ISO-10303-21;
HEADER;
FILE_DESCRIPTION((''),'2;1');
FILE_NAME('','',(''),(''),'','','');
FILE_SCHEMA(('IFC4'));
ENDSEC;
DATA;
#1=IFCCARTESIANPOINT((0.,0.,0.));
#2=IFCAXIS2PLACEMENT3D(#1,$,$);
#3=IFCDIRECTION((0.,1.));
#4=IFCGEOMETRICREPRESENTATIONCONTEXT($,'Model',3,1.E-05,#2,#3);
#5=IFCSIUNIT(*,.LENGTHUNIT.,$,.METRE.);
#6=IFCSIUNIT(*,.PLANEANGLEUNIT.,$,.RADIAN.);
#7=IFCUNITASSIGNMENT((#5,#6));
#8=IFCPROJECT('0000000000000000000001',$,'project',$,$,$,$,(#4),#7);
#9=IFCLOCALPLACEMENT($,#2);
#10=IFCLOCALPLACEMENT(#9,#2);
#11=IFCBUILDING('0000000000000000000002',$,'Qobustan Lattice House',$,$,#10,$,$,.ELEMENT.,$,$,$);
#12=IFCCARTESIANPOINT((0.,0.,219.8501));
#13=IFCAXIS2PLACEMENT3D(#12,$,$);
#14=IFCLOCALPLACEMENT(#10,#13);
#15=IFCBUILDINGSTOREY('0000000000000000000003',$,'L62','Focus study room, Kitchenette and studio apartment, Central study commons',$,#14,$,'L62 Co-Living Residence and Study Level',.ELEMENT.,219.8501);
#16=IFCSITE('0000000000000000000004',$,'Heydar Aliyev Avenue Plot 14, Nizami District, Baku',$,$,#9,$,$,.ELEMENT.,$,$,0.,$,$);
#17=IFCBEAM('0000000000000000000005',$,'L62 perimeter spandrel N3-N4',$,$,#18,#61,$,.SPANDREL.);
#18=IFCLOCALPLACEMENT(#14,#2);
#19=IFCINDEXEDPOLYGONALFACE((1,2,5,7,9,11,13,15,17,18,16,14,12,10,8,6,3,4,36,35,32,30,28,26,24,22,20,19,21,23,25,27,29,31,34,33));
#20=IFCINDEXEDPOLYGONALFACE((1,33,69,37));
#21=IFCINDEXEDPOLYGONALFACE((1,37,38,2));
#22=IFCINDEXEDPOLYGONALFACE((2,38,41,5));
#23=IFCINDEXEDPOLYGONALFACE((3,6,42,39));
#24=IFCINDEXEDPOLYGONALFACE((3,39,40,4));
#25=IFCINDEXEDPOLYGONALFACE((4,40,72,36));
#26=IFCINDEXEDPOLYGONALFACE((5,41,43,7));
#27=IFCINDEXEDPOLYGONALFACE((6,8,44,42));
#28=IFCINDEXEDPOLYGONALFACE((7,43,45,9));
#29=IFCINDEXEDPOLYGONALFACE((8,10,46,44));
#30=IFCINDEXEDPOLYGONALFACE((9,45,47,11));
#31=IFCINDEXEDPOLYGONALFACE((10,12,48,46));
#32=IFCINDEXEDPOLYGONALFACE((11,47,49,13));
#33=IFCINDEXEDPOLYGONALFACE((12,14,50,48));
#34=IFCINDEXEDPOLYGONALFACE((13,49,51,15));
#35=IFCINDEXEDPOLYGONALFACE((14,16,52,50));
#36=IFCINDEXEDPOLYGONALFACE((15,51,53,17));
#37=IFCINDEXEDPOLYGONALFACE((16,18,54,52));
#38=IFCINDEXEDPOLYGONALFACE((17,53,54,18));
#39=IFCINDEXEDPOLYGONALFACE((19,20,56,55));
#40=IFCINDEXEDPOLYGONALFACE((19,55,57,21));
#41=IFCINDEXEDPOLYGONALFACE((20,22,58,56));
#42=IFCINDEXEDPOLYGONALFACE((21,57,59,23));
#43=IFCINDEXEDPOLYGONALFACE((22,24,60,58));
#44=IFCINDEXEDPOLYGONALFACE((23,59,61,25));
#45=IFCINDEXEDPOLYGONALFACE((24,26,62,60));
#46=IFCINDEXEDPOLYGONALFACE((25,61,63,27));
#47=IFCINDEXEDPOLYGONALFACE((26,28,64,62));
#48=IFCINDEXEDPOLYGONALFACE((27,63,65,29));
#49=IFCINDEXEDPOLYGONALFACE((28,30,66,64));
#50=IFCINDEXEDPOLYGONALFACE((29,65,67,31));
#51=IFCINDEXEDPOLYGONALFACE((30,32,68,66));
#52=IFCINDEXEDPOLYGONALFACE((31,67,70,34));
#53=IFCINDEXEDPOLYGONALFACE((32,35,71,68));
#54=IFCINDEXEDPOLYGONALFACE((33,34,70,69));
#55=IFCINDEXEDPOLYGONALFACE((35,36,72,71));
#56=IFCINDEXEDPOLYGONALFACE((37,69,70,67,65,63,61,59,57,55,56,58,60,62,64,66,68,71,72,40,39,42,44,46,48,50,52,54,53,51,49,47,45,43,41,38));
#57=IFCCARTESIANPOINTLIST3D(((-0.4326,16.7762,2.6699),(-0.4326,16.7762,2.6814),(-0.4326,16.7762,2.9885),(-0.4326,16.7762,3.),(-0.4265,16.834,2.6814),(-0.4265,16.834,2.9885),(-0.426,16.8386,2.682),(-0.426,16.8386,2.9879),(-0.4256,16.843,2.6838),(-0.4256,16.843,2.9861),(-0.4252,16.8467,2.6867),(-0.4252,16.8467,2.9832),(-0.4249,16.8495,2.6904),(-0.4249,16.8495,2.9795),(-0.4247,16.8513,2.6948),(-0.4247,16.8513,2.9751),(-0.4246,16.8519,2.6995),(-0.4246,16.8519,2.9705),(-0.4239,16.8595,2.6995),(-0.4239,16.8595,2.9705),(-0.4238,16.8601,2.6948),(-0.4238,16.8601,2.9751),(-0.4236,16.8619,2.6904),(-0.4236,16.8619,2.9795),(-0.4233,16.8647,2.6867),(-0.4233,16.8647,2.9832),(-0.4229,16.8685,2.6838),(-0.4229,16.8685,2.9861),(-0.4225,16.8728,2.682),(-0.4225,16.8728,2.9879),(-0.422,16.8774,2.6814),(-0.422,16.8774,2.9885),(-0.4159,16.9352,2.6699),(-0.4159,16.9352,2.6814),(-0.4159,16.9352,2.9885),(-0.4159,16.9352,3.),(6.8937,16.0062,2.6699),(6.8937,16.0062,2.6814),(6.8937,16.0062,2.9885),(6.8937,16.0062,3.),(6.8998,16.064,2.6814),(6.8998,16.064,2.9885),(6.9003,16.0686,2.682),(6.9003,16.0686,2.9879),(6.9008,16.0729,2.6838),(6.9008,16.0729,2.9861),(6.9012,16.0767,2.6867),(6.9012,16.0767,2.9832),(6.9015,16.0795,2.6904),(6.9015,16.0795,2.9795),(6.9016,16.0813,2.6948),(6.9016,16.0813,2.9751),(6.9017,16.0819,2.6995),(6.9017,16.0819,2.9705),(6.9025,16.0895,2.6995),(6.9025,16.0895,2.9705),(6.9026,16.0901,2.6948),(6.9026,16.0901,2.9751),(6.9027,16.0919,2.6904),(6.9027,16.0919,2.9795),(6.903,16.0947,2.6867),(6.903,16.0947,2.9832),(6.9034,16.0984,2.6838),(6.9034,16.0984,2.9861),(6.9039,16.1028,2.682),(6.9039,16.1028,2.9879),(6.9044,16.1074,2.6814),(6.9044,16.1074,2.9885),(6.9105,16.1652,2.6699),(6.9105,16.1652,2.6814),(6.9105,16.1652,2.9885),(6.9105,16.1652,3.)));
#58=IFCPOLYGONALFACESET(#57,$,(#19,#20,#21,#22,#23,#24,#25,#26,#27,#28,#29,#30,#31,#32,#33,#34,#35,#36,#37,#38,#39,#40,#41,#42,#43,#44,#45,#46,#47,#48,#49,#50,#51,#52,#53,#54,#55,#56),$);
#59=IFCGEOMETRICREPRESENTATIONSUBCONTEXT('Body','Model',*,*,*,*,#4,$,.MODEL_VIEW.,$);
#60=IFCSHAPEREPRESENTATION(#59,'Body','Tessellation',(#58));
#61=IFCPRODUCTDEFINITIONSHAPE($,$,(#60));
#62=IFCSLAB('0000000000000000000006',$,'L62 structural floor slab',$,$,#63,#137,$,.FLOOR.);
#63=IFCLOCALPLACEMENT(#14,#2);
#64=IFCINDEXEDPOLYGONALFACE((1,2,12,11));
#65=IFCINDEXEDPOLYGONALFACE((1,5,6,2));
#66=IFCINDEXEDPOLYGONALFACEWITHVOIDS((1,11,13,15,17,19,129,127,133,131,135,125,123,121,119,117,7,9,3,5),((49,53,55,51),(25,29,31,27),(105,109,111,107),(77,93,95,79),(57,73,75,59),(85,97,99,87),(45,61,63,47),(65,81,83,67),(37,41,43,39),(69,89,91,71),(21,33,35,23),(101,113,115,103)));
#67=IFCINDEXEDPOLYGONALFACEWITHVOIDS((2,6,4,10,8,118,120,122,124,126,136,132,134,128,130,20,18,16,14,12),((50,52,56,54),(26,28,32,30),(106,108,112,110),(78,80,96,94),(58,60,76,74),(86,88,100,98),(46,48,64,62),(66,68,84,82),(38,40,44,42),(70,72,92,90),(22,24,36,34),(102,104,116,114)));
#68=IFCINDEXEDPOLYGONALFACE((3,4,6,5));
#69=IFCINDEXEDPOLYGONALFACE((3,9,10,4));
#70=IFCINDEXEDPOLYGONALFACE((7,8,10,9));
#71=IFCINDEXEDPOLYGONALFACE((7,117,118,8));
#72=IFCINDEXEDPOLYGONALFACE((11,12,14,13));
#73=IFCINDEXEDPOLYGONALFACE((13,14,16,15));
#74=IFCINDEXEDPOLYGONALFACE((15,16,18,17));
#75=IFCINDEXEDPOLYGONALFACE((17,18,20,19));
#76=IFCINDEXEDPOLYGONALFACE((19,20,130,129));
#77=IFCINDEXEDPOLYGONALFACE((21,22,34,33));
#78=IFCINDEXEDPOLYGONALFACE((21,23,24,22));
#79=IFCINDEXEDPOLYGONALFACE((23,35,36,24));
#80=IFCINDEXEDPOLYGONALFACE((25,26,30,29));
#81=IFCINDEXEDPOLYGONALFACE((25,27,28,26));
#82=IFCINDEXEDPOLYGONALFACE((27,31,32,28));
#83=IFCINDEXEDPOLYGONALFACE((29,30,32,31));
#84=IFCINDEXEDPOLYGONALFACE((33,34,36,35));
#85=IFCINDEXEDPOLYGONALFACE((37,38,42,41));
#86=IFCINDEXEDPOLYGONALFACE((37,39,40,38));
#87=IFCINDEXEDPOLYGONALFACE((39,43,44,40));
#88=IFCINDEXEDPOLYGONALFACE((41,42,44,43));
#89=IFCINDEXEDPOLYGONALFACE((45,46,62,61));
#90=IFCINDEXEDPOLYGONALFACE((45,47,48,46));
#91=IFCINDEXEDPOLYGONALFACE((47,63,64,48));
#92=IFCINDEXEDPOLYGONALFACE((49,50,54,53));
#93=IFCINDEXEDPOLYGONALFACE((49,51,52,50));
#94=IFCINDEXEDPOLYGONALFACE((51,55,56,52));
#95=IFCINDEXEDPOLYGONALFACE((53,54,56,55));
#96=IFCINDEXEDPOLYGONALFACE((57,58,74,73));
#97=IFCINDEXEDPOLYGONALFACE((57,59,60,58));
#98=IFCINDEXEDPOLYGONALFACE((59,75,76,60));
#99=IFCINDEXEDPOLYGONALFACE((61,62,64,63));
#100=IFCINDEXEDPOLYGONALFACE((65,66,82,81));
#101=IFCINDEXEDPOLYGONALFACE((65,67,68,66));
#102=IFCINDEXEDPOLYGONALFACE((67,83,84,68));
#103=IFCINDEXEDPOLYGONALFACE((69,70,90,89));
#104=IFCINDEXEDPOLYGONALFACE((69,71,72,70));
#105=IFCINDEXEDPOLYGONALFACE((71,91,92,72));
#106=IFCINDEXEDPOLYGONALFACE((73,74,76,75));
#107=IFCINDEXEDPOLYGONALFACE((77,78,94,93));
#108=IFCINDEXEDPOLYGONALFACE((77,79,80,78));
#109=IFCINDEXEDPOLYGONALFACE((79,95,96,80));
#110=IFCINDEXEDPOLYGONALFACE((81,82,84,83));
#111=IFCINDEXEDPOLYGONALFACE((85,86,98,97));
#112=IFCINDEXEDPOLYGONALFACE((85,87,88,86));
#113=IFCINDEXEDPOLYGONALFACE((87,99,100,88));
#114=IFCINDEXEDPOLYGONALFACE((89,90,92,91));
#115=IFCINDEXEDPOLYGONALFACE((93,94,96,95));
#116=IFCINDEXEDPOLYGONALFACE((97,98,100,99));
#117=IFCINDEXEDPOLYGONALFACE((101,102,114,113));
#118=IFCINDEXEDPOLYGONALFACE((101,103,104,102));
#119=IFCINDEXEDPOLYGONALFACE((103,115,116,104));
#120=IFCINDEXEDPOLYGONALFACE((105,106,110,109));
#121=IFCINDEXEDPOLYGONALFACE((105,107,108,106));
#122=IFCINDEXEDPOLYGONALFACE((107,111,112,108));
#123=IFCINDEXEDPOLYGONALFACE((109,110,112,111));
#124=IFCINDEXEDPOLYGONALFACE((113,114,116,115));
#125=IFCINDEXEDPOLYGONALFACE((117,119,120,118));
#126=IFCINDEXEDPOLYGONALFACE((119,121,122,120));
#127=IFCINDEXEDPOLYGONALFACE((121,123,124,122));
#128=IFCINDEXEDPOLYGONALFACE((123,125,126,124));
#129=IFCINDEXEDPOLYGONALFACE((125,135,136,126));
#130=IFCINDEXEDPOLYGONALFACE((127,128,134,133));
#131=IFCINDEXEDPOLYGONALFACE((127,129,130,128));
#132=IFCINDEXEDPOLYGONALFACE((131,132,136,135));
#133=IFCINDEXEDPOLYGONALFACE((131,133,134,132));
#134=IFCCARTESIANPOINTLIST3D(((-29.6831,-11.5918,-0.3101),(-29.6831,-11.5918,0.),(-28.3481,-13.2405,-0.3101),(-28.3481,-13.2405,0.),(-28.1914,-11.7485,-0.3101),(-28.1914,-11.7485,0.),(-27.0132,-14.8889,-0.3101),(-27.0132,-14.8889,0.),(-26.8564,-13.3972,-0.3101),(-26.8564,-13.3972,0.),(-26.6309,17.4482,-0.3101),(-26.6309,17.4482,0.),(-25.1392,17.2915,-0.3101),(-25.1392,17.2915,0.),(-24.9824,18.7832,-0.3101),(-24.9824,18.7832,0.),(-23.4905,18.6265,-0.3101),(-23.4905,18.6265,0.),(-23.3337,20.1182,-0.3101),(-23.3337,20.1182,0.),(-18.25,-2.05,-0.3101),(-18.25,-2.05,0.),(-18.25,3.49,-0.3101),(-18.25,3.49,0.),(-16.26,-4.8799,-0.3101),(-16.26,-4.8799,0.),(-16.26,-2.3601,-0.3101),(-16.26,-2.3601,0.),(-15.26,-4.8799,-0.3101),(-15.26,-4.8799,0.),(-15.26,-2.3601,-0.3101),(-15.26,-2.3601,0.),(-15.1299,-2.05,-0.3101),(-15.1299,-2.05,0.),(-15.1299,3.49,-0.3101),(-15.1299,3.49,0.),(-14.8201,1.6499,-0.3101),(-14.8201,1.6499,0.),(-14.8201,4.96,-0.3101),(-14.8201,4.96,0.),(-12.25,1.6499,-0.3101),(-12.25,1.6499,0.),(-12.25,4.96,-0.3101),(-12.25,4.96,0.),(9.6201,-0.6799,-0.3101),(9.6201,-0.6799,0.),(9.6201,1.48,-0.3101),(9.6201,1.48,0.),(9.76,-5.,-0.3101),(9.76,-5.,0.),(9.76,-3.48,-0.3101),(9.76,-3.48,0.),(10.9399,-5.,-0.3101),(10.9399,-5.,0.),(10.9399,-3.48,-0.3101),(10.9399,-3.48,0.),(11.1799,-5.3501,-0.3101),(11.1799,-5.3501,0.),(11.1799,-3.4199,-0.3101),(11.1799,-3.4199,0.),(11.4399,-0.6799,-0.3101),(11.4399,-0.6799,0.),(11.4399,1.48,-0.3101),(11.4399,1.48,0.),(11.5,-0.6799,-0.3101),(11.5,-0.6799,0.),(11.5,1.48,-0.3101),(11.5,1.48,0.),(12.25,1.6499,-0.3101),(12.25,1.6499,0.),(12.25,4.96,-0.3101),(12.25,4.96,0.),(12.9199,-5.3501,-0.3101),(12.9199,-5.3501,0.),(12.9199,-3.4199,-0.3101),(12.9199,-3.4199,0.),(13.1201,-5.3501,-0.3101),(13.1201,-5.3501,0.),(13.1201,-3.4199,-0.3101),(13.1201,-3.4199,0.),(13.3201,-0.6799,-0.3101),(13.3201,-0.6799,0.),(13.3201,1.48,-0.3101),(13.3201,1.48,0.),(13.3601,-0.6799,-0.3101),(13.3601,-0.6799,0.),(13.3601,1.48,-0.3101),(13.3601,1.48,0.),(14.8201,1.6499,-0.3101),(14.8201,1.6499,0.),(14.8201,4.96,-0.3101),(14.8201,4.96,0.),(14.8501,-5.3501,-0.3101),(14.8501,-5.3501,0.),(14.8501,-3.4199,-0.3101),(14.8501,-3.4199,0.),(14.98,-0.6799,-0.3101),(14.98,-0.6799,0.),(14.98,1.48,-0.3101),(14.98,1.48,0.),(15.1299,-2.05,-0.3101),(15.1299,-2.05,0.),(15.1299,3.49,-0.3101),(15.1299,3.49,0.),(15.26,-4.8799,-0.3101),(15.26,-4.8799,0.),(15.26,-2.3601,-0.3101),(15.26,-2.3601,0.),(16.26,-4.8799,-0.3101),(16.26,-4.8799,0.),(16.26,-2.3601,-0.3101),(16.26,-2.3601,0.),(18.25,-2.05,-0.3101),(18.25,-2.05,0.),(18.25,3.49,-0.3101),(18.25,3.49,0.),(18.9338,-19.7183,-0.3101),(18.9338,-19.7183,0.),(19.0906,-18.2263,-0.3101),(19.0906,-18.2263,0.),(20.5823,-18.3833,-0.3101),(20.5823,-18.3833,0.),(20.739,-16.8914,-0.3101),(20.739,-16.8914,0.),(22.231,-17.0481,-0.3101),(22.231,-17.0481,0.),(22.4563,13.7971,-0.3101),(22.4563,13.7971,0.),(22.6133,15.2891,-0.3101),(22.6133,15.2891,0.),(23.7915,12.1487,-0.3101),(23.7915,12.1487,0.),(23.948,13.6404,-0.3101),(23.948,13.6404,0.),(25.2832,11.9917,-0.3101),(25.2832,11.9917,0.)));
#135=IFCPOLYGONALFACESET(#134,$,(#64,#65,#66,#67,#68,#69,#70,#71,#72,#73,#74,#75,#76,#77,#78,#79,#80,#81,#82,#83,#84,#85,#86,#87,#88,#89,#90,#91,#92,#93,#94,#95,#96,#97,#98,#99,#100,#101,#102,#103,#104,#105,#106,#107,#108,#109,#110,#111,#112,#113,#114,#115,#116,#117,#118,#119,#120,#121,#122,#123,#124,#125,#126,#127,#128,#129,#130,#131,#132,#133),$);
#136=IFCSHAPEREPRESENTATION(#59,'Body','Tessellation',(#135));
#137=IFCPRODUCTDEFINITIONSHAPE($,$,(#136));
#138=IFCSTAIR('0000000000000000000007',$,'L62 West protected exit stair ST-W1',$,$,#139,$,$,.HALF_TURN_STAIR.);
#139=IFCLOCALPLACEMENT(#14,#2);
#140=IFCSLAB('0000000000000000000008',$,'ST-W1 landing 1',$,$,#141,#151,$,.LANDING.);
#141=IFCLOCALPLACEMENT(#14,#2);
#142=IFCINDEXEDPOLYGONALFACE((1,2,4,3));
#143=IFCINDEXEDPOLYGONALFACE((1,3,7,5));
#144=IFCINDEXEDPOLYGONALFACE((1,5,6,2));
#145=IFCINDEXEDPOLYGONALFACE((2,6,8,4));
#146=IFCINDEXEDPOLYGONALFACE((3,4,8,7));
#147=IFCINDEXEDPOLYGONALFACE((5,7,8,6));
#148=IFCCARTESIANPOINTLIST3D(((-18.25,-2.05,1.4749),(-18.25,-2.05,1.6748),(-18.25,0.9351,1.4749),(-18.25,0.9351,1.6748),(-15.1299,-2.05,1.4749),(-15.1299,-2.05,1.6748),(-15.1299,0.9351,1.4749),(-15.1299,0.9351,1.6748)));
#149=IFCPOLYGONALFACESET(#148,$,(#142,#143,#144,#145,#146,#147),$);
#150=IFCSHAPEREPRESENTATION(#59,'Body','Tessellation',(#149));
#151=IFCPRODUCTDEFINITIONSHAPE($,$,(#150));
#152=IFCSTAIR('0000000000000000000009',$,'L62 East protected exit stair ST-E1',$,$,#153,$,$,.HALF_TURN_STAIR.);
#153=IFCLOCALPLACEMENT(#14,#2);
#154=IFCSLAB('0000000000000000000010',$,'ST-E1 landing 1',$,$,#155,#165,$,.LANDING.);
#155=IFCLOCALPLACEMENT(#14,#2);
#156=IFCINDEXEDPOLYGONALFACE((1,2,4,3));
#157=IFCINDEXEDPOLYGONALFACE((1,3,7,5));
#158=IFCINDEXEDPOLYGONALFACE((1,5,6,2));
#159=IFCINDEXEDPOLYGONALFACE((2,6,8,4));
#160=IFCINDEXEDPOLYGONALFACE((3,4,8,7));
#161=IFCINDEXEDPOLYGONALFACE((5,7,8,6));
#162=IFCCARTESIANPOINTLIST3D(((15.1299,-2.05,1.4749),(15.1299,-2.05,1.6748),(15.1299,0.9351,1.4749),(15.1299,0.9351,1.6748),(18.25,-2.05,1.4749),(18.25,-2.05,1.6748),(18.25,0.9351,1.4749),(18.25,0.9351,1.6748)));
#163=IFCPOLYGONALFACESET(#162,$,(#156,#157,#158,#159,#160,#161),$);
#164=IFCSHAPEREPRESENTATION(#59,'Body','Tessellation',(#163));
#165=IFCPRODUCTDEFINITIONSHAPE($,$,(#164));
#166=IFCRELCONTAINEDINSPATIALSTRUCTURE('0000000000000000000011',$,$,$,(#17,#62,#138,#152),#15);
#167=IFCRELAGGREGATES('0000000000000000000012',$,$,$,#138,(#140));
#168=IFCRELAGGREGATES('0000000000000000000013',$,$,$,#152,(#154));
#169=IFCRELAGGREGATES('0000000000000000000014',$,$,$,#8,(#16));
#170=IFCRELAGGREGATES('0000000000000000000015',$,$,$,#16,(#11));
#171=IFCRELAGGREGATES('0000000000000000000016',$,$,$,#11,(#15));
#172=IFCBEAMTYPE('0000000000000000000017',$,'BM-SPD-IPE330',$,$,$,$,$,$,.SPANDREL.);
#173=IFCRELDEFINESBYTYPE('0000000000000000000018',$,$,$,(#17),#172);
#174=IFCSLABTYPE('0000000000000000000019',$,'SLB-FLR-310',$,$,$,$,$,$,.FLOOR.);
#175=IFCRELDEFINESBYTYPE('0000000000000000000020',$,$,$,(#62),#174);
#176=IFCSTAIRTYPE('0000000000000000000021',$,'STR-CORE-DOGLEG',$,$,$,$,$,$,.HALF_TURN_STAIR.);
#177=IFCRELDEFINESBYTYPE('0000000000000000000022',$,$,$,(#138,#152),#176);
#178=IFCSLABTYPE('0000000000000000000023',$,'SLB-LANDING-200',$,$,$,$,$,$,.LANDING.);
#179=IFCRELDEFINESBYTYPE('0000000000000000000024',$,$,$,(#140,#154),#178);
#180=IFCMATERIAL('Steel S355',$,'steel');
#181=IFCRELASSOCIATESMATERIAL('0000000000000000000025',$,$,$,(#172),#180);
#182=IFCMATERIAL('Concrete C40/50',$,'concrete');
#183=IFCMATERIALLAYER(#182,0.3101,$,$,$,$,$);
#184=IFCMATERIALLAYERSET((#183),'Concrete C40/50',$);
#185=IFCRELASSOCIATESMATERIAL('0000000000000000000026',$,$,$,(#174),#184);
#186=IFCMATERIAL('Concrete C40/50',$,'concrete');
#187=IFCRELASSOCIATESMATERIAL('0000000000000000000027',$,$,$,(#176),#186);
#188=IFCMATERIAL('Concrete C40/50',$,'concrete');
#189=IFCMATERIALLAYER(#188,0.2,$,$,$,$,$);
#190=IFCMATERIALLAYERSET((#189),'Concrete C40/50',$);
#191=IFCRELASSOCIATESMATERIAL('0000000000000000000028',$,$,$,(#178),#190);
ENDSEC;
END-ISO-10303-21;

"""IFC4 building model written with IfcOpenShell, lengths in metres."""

from ifc_helpers import new_model, si_unit, direction, frame, origin, origin_2d, place, context, subcontext, project, spatial, polyline, i_section, outline, extrude, material, layer, layer_set, material_profile, profile_set, type_object, element, aggregate, save


model = new_model("IFC4")

# Units and contexts
model_context = context("Model", 3, precision=1e-05, world=origin(), true_north=direction((0.0, 1.0)))
body_context = subcontext(model_context, "Body", "Model", "MODEL_VIEW")
ifc_project = project(units=[si_unit("LENGTHUNIT", "METRE"), si_unit("PLANEANGLEUNIT", "RADIAN")], contexts=[model_context])

# Site, building, storey
site_placement = place(None, origin())
site = spatial("IfcSite", under=ifc_project, at=site_placement, Name="Heydar Aliyev Avenue Plot 14, Nizami District, Baku", CompositionType="ELEMENT", RefElevation=0.0)
building_placement = place(site_placement, origin())
building = spatial("IfcBuilding", under=site, at=building_placement, Name="Qobustan Lattice House", CompositionType="ELEMENT")
storey_placement = place(building_placement, frame((0.0, 0.0, 219.8501)))
storey = spatial("IfcBuildingStorey", under=building, at=storey_placement, Name="L62", Description="Focus study room, Kitchenette and studio apartment, Central study commons", LongName="L62 Co-Living Residence and Study Level", CompositionType="ELEMENT", Elevation=219.8501)

# Beam
ifc_material_1 = material(Name="Steel S355", Category="steel")
ifc_material_profile_1 = material_profile(ifc_material_1, i_section(OverallWidth=0.1599, OverallDepth=0.3301, WebThickness=0.0076, FlangeThickness=0.0115, FilletRadius=0.0181, at=origin_2d()), Name="IPE330")
ifc_profile_set_1 = profile_set([ifc_material_profile_1], Name="Steel S355")
beam_type_1 = type_object("IfcBeamType", Name="BM-SPD-IPE330", PredefinedType="SPANDREL", material=ifc_profile_set_1)
beam_1_placement = place(storey_placement, frame((6.9021, 16.0857, 2.835), z_axis=(-0.994522, 0.104526, 0.0), x_axis=(-0.104526, -0.994522, 0.0)))
element("IfcBeam", 1, at=beam_1_placement, inside=storey, type_object=beam_type_1, Name="L62 perimeter spandrel N3-N4", PredefinedType="SPANDREL", context=body_context, shape_type="SweptSolid", body=[
    extrude(i_section(OverallWidth=0.1599, OverallDepth=0.3301, WebThickness=0.0076, FlangeThickness=0.0115, FilletRadius=0.0181, at=origin_2d()), origin(), (0.0, 0.0, 1.0), 7.3667),
])

# Slab
ifc_material_2 = material(Name="Concrete C40/50", Category="concrete")
ifc_layer_1 = layer(ifc_material_2, 0.3101)
ifc_layer_set_1 = layer_set([ifc_layer_1], Name="Concrete C40/50")
slab_type_1 = type_object("IfcSlabType", Name="SLB-FLR-310", PredefinedType="FLOOR", material=ifc_layer_set_1)
slab_1_placement = place(storey_placement, frame((0.0, 0.0, -0.3101)))
element("IfcSlab", 2, at=slab_1_placement, inside=storey, type_object=slab_type_1, Name="L62 structural floor slab", PredefinedType="FLOOR", context=body_context, shape_type="SweptSolid", body=[
    extrude(outline(polyline([(-27.0132, -14.8889), (18.9338, -19.7183), (19.0906, -18.2263), (20.5823, -18.3833), (20.739, -16.8914), (22.231, -17.0481), (25.2832, 11.9917), (23.7915, 12.1487), (23.948, 13.6404), (22.4563, 13.7971), (22.6133, 15.2891), (-23.3337, 20.1182), (-23.4905, 18.6265), (-24.9824, 18.7832), (-25.1392, 17.2915), (-26.6309, 17.4482), (-29.6831, -11.5918), (-28.1914, -11.7485), (-28.3481, -13.2405), (-26.8564, -13.3972), (-27.0132, -14.8889)]), holes=[polyline([(-18.25, -2.05), (-18.25, 3.49), (-15.1299, 3.49), (-15.1299, -2.05), (-18.25, -2.05)]), polyline([(15.1299, -2.05), (15.1299, 3.49), (18.25, 3.49), (18.25, -2.05), (15.1299, -2.05)]), polyline([(-14.8201, 1.6499), (-14.8201, 4.96), (-12.25, 4.96), (-12.25, 1.6499), (-14.8201, 1.6499)]), polyline([(12.25, 1.6499), (12.25, 4.96), (14.8201, 4.96), (14.8201, 1.6499), (12.25, 1.6499)]), polyline([(-16.26, -4.8799), (-16.26, -2.3601), (-15.26, -2.3601), (-15.26, -4.8799), (-16.26, -4.8799)]), polyline([(15.26, -4.8799), (15.26, -2.3601), (16.26, -2.3601), (16.26, -4.8799), (15.26, -4.8799)]), polyline([(11.1799, -5.3501), (11.1799, -3.4199), (12.9199, -3.4199), (12.9199, -5.3501), (11.1799, -5.3501)]), polyline([(13.1201, -5.3501), (13.1201, -3.4199), (14.8501, -3.4199), (14.8501, -5.3501), (13.1201, -5.3501)]), polyline([(9.76, -5.0), (9.76, -3.48), (10.9399, -3.48), (10.9399, -5.0), (9.76, -5.0)]), polyline([(13.3601, -0.6799), (13.3601, 1.48), (14.98, 1.48), (14.98, -0.6799), (13.3601, -0.6799)]), polyline([(9.6201, -0.6799), (9.6201, 1.48), (11.4399, 1.48), (11.4399, -0.6799), (9.6201, -0.6799)]), polyline([(11.5, -0.6799), (11.5, 1.48), (13.3201, 1.48), (13.3201, -0.6799), (11.5, -0.6799)])]), origin(), (0.0, 0.0, 1.0), 0.3101),
])

# Stairs, slabs
ifc_material_3 = material(Name="Concrete C40/50", Category="concrete")
stair_type = type_object("IfcStairType", Name="STR-CORE-DOGLEG", PredefinedType="HALF_TURN_STAIR", material=ifc_material_3)
stair_1_placement = place(storey_placement, origin())
stair_1 = element("IfcStair", 3, at=stair_1_placement, inside=storey, type_object=stair_type, Name="L62 West protected exit stair ST-W1", PredefinedType="HALF_TURN_STAIR")
ifc_material_4 = material(Name="Concrete C40/50", Category="concrete")
ifc_layer_2 = layer(ifc_material_4, 0.2)
ifc_layer_set_2 = layer_set([ifc_layer_2], Name="Concrete C40/50")
slab_type_2 = type_object("IfcSlabType", Name="SLB-LANDING-200", PredefinedType="LANDING", material=ifc_layer_set_2)
slab_2_placement = place(storey_placement, frame((0.0, 0.0, 1.4749)))
slab_2 = element("IfcSlab", 4, at=slab_2_placement, type_object=slab_type_2, Name="ST-W1 landing 1", PredefinedType="LANDING", context=body_context, shape_type="SweptSolid", body=[
    extrude(outline(polyline([(-18.25, 0.9351), (-18.25, -2.05), (-15.1299, -2.05), (-15.1299, 0.9351), (-18.25, 0.9351)])), origin(), (0.0, 0.0, 1.0), 0.2),
])
aggregate(stair_1, [slab_2])
stair_2_placement = place(storey_placement, origin())
stair_2 = element("IfcStair", 5, at=stair_2_placement, inside=storey, type_object=stair_type, Name="L62 East protected exit stair ST-E1", PredefinedType="HALF_TURN_STAIR")
slab_3_placement = place(storey_placement, frame((0.0, 0.0, 1.4749)))
slab_3 = element("IfcSlab", 6, at=slab_3_placement, type_object=slab_type_2, Name="ST-E1 landing 1", PredefinedType="LANDING", context=body_context, shape_type="SweptSolid", body=[
    extrude(outline(polyline([(15.1299, 0.9351), (15.1299, -2.05), (18.25, -2.05), (18.25, 0.9351), (15.1299, 0.9351)])), origin(), (0.0, 0.0, 1.0), 0.2),
])
aggregate(stair_2, [slab_3])

save(model, "model.ifc")
